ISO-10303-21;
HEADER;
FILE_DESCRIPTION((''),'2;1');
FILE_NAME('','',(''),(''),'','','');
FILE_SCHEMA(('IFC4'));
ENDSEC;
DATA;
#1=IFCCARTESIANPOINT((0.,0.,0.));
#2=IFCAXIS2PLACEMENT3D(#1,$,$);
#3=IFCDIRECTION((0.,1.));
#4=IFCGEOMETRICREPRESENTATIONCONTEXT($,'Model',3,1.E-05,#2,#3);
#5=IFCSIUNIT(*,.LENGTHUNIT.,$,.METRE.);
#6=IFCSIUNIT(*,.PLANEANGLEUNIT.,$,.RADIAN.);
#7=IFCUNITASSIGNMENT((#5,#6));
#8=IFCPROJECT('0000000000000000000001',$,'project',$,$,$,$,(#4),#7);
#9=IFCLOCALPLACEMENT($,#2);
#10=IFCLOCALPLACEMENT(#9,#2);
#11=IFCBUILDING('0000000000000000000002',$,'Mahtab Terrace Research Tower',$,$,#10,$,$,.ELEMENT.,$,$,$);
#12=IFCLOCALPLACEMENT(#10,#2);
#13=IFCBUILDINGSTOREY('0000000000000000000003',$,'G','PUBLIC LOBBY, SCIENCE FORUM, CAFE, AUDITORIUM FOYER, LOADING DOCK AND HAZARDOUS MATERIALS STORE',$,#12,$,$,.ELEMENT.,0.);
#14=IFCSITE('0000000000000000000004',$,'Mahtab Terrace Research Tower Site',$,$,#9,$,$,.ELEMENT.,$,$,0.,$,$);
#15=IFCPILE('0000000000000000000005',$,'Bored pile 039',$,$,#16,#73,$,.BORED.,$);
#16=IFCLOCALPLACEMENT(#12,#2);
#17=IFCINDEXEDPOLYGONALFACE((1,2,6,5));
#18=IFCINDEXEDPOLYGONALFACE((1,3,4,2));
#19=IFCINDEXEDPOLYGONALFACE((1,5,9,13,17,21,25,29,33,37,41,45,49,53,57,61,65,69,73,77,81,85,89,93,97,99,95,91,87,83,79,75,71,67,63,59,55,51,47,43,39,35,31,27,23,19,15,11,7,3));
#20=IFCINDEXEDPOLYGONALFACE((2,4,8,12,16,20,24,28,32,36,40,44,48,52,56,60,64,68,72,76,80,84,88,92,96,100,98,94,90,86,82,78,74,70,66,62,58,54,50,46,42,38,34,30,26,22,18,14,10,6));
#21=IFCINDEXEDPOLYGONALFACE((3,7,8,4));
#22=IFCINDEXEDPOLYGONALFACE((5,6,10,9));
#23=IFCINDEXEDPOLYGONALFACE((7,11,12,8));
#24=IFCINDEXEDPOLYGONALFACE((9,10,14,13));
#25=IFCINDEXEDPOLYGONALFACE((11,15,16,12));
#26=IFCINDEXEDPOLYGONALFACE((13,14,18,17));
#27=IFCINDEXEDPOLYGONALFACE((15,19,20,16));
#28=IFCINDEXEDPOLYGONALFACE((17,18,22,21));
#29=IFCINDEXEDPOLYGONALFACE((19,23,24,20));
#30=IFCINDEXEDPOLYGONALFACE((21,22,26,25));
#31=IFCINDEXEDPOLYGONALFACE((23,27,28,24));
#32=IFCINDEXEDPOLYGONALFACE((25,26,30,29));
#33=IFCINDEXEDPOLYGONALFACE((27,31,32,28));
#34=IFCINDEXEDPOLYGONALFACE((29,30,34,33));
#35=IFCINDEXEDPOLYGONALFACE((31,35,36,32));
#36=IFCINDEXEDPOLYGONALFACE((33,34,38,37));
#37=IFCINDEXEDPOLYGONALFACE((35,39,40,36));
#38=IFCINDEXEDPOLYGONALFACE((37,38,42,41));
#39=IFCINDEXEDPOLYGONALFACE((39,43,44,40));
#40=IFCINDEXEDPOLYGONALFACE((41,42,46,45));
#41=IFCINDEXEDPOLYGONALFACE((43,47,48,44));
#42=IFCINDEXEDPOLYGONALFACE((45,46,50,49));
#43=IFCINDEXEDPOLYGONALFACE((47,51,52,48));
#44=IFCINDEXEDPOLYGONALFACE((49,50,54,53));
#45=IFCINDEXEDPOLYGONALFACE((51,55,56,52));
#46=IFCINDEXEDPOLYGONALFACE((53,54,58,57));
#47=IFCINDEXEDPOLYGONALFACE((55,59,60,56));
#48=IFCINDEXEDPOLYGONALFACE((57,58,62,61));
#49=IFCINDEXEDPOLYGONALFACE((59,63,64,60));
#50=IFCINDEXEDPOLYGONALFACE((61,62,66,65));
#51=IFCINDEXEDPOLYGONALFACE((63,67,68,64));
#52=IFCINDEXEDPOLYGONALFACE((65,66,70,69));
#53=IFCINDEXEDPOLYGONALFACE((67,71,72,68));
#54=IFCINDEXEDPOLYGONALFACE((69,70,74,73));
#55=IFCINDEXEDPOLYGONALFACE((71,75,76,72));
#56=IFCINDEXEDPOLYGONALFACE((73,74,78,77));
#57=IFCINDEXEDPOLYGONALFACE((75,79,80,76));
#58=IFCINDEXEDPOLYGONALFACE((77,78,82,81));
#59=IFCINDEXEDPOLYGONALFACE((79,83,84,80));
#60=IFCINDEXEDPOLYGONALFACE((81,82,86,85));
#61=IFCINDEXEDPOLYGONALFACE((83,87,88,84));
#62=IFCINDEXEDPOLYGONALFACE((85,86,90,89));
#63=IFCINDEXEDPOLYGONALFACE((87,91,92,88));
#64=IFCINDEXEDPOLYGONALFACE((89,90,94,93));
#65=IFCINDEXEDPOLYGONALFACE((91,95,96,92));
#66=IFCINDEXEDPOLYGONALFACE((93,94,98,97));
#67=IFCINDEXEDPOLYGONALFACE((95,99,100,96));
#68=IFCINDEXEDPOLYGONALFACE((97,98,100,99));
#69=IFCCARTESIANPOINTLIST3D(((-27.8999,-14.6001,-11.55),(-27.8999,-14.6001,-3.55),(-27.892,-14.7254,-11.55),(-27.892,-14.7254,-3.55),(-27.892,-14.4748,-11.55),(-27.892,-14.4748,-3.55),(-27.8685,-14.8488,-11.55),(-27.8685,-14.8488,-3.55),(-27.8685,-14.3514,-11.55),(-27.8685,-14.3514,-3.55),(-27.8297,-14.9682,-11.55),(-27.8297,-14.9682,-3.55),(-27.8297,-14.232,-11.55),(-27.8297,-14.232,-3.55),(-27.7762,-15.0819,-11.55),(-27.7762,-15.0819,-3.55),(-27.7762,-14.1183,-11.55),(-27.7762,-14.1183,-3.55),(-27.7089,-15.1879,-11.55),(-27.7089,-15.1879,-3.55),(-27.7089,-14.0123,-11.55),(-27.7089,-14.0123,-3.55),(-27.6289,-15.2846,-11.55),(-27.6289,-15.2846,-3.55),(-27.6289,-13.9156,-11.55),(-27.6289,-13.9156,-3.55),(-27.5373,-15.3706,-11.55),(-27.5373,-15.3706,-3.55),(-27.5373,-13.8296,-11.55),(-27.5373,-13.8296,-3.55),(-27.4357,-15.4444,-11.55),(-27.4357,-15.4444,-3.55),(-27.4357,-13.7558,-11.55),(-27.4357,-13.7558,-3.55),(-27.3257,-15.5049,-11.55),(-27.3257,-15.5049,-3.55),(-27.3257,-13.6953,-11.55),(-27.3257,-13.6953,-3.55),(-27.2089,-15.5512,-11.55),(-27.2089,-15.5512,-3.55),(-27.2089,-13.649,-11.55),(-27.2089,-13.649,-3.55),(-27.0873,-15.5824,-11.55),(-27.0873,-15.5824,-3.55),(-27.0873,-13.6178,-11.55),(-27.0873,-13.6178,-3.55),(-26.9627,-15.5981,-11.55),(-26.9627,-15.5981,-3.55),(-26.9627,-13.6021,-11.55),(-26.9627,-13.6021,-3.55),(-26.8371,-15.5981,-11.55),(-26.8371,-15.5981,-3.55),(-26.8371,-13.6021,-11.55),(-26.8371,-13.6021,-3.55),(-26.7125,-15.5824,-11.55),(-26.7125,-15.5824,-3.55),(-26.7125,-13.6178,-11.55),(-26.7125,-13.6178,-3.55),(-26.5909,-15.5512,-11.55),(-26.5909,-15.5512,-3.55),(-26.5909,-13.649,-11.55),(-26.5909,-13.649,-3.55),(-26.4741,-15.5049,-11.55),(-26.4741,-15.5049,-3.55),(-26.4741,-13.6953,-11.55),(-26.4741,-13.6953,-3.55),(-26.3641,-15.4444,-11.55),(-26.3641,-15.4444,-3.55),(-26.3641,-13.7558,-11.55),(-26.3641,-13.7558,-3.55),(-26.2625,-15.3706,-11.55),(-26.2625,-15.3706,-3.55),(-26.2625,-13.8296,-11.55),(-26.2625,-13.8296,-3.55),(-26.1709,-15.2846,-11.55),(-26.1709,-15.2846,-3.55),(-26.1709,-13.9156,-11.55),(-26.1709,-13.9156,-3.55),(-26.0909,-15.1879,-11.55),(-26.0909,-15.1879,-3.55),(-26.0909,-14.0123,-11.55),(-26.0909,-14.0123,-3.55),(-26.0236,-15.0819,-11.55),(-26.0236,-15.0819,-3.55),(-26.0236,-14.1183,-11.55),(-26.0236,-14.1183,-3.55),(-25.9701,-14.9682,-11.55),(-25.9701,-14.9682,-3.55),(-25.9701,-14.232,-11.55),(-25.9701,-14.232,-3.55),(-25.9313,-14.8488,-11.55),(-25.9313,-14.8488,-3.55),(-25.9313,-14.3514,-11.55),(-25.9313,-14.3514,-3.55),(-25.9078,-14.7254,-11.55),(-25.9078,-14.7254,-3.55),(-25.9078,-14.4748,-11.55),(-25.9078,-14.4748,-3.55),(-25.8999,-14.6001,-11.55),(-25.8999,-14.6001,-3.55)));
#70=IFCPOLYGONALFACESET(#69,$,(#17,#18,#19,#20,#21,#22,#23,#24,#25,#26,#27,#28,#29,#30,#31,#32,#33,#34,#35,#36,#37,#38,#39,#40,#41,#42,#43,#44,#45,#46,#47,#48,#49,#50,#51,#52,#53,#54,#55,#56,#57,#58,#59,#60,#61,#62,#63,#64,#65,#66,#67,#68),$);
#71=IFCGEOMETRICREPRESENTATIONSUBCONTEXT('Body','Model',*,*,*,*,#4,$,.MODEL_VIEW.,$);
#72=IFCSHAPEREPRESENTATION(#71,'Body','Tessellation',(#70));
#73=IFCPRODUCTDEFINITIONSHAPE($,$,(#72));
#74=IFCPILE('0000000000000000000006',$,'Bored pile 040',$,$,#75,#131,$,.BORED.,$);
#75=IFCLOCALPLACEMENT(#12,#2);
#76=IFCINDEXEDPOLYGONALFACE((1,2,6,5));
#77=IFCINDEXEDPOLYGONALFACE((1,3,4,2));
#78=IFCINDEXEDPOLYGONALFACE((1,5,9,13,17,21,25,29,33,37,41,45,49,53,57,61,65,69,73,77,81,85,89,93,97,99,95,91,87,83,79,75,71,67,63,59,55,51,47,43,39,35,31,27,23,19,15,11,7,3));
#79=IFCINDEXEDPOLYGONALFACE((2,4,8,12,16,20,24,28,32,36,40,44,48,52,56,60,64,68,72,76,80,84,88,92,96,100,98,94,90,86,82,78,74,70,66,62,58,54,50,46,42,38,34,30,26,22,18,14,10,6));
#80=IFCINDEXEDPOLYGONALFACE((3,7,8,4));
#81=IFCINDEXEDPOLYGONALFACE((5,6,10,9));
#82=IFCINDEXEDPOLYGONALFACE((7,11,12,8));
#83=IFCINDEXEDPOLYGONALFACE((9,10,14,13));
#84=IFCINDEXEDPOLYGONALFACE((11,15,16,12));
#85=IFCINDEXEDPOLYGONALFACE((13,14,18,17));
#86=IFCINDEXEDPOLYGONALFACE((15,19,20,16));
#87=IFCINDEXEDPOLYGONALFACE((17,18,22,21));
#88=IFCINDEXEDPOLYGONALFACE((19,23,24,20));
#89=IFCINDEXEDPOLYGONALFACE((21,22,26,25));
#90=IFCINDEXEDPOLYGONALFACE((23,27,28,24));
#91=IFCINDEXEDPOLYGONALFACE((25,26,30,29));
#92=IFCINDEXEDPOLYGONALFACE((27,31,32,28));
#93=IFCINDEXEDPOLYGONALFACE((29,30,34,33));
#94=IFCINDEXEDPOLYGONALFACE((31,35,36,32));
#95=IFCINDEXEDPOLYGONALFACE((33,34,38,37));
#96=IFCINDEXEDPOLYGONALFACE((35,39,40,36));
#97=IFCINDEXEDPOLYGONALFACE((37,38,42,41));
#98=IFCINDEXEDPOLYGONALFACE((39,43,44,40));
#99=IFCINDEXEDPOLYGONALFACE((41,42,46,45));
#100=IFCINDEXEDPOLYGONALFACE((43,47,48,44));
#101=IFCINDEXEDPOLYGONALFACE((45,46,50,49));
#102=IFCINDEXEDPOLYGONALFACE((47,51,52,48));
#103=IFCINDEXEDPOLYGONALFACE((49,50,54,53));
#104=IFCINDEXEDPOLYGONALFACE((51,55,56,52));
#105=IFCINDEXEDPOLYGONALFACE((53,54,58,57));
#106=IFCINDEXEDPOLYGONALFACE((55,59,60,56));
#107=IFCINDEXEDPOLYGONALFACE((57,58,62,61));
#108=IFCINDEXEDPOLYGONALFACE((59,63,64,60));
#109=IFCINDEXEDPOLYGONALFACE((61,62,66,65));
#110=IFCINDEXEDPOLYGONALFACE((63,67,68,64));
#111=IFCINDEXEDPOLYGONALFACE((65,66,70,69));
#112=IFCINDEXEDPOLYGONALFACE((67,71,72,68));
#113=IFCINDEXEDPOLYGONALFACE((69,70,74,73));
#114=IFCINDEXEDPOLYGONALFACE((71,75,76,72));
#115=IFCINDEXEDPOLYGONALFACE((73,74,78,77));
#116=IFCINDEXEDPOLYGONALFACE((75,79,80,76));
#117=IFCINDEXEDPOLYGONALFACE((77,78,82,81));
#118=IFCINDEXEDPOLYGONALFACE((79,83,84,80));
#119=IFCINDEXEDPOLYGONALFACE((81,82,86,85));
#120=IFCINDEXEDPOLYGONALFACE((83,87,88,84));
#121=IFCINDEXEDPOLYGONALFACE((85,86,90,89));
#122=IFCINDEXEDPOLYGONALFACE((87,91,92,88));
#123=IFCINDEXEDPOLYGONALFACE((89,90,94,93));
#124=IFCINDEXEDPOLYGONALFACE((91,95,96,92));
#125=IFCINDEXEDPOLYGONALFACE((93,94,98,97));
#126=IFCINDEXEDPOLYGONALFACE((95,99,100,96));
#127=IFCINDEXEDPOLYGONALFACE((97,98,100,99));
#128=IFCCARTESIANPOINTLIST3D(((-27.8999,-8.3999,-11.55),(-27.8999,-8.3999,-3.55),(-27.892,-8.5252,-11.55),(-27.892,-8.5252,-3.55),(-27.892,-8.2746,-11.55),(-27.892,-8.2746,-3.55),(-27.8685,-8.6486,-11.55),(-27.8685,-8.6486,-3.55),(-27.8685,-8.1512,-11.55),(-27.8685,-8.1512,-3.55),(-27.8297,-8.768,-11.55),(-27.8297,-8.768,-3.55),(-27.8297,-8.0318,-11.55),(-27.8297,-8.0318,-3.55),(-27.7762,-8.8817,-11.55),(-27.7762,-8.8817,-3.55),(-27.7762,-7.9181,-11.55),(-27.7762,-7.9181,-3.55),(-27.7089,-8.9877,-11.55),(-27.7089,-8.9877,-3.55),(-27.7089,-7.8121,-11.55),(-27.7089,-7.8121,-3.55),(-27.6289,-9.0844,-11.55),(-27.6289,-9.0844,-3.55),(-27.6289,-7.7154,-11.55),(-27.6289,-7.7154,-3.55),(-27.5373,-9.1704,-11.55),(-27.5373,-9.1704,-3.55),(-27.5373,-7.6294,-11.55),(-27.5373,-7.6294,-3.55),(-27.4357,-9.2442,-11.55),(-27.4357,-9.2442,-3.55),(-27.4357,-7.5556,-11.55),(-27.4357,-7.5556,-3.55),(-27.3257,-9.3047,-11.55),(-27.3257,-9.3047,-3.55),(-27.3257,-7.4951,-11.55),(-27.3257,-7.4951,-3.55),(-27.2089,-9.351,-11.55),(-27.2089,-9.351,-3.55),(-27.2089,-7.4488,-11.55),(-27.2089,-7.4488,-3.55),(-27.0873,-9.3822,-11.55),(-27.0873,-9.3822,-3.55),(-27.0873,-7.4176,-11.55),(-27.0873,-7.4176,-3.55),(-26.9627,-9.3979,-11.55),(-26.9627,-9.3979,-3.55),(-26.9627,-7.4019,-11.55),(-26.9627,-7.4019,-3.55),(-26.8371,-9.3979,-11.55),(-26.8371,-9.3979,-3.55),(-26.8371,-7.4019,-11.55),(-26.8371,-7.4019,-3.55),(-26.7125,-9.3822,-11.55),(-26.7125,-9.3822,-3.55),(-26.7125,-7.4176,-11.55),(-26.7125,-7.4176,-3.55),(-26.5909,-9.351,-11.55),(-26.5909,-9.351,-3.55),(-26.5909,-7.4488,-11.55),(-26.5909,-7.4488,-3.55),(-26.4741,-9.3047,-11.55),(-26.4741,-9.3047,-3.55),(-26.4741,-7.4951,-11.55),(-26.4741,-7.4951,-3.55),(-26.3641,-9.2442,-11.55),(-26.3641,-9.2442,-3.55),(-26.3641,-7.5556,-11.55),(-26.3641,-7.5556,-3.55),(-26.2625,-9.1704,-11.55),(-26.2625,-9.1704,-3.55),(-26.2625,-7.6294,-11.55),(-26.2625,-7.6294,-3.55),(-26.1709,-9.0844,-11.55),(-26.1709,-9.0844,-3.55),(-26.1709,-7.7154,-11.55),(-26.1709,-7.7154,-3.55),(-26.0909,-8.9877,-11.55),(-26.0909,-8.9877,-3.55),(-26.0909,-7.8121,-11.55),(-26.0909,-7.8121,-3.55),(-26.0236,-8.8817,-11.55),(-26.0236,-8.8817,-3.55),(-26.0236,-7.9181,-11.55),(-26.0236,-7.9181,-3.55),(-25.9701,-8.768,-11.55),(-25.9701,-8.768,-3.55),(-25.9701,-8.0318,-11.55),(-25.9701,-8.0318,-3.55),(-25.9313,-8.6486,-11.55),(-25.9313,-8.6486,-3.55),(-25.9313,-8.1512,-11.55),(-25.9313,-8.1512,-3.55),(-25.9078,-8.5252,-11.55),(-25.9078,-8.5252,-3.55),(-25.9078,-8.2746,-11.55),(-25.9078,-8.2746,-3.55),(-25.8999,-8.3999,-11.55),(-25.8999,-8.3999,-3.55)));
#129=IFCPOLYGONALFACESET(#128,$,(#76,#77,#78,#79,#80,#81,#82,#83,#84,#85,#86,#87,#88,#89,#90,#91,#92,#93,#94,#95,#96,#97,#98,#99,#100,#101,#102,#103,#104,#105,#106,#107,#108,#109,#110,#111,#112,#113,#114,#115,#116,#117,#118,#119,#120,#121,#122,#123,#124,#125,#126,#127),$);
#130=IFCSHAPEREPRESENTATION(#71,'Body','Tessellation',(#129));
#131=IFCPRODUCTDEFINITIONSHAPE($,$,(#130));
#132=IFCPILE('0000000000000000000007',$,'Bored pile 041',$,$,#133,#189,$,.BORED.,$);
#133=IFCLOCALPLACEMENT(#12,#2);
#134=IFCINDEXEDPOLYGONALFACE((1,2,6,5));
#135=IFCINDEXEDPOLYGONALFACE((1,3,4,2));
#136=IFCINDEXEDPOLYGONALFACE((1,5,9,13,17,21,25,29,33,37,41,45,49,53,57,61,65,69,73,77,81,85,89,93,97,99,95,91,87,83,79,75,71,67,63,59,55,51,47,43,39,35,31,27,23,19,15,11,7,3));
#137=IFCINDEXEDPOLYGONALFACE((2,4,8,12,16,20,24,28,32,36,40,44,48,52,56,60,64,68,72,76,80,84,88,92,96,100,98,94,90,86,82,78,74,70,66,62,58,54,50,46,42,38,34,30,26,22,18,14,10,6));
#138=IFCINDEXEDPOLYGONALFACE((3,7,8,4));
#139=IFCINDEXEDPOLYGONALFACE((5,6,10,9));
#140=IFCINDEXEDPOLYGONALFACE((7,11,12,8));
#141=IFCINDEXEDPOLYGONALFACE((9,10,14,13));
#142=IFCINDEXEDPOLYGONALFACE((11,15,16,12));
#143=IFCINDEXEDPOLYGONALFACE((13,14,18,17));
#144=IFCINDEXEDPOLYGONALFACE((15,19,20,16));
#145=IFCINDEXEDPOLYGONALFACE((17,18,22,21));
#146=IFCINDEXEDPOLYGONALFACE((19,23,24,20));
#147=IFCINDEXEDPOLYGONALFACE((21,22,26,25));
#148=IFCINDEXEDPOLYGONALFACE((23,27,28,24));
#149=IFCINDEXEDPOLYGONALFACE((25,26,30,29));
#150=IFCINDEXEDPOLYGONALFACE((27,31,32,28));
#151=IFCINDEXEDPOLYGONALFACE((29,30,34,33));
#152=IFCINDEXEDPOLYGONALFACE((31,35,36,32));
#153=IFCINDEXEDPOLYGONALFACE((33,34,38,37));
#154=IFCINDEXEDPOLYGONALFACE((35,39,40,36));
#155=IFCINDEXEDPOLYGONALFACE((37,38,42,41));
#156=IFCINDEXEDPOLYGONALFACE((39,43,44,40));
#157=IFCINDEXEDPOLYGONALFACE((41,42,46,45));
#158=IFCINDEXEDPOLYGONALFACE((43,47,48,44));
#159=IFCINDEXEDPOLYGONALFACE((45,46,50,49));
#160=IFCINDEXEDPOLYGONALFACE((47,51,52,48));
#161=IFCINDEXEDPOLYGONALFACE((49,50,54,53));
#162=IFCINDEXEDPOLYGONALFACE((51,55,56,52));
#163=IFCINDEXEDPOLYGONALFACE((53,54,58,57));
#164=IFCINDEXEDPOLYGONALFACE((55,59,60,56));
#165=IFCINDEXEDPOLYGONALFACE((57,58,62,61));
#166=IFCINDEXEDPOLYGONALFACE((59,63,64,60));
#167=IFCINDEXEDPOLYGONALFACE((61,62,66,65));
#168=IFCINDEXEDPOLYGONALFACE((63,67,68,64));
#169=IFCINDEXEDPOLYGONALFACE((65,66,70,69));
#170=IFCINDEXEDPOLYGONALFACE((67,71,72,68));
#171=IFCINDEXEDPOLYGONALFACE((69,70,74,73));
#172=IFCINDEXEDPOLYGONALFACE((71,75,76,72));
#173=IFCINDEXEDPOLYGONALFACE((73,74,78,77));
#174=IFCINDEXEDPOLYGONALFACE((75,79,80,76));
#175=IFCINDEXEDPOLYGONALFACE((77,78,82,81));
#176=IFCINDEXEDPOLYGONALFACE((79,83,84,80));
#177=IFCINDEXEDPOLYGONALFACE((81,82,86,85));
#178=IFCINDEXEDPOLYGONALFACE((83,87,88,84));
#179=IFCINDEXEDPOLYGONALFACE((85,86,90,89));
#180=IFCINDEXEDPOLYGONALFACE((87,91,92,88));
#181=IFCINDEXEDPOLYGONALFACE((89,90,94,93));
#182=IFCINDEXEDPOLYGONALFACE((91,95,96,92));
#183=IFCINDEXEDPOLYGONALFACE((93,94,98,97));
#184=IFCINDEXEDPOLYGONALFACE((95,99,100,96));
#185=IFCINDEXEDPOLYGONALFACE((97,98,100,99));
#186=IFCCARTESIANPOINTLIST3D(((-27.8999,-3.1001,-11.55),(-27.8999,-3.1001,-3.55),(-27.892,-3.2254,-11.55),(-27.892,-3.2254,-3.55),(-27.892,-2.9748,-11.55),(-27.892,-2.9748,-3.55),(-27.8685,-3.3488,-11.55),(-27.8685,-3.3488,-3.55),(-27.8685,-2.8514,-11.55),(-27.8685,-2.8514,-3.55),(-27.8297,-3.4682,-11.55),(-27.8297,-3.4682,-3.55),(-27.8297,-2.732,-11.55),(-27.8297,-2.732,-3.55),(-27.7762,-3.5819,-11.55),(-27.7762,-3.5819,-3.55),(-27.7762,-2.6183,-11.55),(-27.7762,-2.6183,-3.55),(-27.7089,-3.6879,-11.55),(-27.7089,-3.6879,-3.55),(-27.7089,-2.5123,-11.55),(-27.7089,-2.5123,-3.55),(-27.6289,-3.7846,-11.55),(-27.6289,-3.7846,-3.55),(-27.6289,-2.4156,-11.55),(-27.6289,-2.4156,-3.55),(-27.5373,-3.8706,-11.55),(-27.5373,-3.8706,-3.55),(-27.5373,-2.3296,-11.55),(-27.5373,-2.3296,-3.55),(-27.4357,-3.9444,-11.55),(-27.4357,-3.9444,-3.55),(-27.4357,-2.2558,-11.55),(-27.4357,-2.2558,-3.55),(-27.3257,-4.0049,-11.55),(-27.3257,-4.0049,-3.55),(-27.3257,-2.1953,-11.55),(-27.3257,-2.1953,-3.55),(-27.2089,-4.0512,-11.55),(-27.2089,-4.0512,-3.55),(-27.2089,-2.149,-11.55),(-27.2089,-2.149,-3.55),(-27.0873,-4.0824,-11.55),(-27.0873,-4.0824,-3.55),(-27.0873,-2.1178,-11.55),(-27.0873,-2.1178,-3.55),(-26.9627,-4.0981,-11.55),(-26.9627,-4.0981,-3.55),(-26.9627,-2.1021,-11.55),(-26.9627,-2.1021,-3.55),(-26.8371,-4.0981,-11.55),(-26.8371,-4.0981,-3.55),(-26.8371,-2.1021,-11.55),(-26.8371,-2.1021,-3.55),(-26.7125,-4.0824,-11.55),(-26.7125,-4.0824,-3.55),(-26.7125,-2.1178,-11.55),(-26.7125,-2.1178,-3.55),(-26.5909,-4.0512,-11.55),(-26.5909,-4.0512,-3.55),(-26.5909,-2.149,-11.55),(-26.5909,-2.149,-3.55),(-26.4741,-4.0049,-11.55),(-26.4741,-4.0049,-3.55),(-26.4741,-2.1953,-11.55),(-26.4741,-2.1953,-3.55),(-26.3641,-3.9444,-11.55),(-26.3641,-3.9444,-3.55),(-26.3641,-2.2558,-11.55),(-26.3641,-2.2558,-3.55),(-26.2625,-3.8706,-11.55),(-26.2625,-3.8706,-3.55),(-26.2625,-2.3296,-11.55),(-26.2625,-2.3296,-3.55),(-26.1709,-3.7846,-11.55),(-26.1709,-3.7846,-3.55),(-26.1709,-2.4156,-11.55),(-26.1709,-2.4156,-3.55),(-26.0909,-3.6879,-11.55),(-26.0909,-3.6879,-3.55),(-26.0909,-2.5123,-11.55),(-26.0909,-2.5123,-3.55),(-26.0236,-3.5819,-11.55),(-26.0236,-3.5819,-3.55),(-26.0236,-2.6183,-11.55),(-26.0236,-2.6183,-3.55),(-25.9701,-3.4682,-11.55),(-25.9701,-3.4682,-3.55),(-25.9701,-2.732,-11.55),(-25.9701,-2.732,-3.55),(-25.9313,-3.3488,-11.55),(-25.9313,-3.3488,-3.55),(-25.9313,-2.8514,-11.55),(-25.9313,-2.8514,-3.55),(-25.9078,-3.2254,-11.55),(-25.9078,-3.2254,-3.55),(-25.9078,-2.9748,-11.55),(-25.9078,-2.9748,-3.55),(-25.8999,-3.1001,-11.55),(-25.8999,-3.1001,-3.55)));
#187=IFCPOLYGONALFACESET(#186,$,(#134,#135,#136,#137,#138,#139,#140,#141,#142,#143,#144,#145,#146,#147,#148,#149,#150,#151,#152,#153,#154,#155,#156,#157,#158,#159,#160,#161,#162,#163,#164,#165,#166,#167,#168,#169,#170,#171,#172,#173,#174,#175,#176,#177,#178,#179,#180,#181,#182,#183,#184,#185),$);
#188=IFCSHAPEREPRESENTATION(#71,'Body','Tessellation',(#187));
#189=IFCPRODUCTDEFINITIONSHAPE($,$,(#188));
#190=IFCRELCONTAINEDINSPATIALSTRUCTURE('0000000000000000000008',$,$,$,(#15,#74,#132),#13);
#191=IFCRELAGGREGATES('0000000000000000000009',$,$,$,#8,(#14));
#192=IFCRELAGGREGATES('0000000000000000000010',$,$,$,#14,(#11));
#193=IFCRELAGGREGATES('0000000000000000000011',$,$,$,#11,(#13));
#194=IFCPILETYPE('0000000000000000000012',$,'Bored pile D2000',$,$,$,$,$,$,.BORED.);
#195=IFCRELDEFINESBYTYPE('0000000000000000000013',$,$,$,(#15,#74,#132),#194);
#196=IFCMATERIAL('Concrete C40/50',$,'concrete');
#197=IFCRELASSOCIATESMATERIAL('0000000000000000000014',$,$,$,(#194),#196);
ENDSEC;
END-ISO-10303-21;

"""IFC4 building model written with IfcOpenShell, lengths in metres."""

from ifc_helpers import new_model, si_unit, direction, frame, origin, origin_2d, place, context, subcontext, project, spatial, circle, extrude, material, material_profile, profile_set, type_object, element, save


model = new_model("IFC4")

# Units and contexts
model_context = context("Model", 3, precision=1e-05, world=origin(), true_north=direction((0.0, 1.0)))
body_context = subcontext(model_context, "Body", "Model", "MODEL_VIEW")
ifc_project = project(units=[si_unit("LENGTHUNIT", "METRE"), si_unit("PLANEANGLEUNIT", "RADIAN")], contexts=[model_context])

# Site, building, storey
site_placement = place(None, origin())
site = spatial("IfcSite", under=ifc_project, at=site_placement, Name="Mahtab Terrace Research Tower Site", CompositionType="ELEMENT", RefElevation=0.0)
building_placement = place(site_placement, origin())
building = spatial("IfcBuilding", under=site, at=building_placement, Name="Mahtab Terrace Research Tower", CompositionType="ELEMENT")
storey_placement = place(building_placement, origin())
storey = spatial("IfcBuildingStorey", under=building, at=storey_placement, Name="G", Description="PUBLIC LOBBY, SCIENCE FORUM, CAFE, AUDITORIUM FOYER, LOADING DOCK AND HAZARDOUS MATERIALS STORE", CompositionType="ELEMENT", Elevation=0.0)

# Piles
ifc_material_1 = material(Name="Concrete C40/50", Category="concrete")
ifc_material_profile_1 = material_profile(ifc_material_1, circle(Radius=1.0, at=origin_2d()), Name="Bored pile D2000")
ifc_profile_set_1 = profile_set([ifc_material_profile_1], Name="Concrete C40/50")
pile_type = type_object("IfcPileType", Name="Bored pile D2000", PredefinedType="BORED", material=ifc_profile_set_1)
for number, where, z_axis, x_axis, name in (
    (1, (-26.8999, -14.6001, -3.55), (0.0, 0.0, -1.0), (1.0, 0.0, 0.0), "Bored pile 039"),
    (2, (-26.8999, -8.3999, -3.55), (0.0, 0.0, -1.0), (1.0, 0.0, 0.0), "Bored pile 040"),
    (3, (-26.8999, -3.1001, -3.55), (0.0, 0.0, -1.0), (1.0, 0.0, 0.0), "Bored pile 041"),
):
    element("IfcPile", number, at=place(storey_placement, frame(where, z_axis=z_axis, x_axis=x_axis)), inside=storey, type_object=pile_type, Name=name, PredefinedType="BORED", context=body_context, shape_type="SweptSolid", body=[
        extrude(circle(Radius=1.0, at=origin_2d()), origin(), (0.0, 0.0, 1.0), 8.0),
    ])

save(model, "model.ifc")
